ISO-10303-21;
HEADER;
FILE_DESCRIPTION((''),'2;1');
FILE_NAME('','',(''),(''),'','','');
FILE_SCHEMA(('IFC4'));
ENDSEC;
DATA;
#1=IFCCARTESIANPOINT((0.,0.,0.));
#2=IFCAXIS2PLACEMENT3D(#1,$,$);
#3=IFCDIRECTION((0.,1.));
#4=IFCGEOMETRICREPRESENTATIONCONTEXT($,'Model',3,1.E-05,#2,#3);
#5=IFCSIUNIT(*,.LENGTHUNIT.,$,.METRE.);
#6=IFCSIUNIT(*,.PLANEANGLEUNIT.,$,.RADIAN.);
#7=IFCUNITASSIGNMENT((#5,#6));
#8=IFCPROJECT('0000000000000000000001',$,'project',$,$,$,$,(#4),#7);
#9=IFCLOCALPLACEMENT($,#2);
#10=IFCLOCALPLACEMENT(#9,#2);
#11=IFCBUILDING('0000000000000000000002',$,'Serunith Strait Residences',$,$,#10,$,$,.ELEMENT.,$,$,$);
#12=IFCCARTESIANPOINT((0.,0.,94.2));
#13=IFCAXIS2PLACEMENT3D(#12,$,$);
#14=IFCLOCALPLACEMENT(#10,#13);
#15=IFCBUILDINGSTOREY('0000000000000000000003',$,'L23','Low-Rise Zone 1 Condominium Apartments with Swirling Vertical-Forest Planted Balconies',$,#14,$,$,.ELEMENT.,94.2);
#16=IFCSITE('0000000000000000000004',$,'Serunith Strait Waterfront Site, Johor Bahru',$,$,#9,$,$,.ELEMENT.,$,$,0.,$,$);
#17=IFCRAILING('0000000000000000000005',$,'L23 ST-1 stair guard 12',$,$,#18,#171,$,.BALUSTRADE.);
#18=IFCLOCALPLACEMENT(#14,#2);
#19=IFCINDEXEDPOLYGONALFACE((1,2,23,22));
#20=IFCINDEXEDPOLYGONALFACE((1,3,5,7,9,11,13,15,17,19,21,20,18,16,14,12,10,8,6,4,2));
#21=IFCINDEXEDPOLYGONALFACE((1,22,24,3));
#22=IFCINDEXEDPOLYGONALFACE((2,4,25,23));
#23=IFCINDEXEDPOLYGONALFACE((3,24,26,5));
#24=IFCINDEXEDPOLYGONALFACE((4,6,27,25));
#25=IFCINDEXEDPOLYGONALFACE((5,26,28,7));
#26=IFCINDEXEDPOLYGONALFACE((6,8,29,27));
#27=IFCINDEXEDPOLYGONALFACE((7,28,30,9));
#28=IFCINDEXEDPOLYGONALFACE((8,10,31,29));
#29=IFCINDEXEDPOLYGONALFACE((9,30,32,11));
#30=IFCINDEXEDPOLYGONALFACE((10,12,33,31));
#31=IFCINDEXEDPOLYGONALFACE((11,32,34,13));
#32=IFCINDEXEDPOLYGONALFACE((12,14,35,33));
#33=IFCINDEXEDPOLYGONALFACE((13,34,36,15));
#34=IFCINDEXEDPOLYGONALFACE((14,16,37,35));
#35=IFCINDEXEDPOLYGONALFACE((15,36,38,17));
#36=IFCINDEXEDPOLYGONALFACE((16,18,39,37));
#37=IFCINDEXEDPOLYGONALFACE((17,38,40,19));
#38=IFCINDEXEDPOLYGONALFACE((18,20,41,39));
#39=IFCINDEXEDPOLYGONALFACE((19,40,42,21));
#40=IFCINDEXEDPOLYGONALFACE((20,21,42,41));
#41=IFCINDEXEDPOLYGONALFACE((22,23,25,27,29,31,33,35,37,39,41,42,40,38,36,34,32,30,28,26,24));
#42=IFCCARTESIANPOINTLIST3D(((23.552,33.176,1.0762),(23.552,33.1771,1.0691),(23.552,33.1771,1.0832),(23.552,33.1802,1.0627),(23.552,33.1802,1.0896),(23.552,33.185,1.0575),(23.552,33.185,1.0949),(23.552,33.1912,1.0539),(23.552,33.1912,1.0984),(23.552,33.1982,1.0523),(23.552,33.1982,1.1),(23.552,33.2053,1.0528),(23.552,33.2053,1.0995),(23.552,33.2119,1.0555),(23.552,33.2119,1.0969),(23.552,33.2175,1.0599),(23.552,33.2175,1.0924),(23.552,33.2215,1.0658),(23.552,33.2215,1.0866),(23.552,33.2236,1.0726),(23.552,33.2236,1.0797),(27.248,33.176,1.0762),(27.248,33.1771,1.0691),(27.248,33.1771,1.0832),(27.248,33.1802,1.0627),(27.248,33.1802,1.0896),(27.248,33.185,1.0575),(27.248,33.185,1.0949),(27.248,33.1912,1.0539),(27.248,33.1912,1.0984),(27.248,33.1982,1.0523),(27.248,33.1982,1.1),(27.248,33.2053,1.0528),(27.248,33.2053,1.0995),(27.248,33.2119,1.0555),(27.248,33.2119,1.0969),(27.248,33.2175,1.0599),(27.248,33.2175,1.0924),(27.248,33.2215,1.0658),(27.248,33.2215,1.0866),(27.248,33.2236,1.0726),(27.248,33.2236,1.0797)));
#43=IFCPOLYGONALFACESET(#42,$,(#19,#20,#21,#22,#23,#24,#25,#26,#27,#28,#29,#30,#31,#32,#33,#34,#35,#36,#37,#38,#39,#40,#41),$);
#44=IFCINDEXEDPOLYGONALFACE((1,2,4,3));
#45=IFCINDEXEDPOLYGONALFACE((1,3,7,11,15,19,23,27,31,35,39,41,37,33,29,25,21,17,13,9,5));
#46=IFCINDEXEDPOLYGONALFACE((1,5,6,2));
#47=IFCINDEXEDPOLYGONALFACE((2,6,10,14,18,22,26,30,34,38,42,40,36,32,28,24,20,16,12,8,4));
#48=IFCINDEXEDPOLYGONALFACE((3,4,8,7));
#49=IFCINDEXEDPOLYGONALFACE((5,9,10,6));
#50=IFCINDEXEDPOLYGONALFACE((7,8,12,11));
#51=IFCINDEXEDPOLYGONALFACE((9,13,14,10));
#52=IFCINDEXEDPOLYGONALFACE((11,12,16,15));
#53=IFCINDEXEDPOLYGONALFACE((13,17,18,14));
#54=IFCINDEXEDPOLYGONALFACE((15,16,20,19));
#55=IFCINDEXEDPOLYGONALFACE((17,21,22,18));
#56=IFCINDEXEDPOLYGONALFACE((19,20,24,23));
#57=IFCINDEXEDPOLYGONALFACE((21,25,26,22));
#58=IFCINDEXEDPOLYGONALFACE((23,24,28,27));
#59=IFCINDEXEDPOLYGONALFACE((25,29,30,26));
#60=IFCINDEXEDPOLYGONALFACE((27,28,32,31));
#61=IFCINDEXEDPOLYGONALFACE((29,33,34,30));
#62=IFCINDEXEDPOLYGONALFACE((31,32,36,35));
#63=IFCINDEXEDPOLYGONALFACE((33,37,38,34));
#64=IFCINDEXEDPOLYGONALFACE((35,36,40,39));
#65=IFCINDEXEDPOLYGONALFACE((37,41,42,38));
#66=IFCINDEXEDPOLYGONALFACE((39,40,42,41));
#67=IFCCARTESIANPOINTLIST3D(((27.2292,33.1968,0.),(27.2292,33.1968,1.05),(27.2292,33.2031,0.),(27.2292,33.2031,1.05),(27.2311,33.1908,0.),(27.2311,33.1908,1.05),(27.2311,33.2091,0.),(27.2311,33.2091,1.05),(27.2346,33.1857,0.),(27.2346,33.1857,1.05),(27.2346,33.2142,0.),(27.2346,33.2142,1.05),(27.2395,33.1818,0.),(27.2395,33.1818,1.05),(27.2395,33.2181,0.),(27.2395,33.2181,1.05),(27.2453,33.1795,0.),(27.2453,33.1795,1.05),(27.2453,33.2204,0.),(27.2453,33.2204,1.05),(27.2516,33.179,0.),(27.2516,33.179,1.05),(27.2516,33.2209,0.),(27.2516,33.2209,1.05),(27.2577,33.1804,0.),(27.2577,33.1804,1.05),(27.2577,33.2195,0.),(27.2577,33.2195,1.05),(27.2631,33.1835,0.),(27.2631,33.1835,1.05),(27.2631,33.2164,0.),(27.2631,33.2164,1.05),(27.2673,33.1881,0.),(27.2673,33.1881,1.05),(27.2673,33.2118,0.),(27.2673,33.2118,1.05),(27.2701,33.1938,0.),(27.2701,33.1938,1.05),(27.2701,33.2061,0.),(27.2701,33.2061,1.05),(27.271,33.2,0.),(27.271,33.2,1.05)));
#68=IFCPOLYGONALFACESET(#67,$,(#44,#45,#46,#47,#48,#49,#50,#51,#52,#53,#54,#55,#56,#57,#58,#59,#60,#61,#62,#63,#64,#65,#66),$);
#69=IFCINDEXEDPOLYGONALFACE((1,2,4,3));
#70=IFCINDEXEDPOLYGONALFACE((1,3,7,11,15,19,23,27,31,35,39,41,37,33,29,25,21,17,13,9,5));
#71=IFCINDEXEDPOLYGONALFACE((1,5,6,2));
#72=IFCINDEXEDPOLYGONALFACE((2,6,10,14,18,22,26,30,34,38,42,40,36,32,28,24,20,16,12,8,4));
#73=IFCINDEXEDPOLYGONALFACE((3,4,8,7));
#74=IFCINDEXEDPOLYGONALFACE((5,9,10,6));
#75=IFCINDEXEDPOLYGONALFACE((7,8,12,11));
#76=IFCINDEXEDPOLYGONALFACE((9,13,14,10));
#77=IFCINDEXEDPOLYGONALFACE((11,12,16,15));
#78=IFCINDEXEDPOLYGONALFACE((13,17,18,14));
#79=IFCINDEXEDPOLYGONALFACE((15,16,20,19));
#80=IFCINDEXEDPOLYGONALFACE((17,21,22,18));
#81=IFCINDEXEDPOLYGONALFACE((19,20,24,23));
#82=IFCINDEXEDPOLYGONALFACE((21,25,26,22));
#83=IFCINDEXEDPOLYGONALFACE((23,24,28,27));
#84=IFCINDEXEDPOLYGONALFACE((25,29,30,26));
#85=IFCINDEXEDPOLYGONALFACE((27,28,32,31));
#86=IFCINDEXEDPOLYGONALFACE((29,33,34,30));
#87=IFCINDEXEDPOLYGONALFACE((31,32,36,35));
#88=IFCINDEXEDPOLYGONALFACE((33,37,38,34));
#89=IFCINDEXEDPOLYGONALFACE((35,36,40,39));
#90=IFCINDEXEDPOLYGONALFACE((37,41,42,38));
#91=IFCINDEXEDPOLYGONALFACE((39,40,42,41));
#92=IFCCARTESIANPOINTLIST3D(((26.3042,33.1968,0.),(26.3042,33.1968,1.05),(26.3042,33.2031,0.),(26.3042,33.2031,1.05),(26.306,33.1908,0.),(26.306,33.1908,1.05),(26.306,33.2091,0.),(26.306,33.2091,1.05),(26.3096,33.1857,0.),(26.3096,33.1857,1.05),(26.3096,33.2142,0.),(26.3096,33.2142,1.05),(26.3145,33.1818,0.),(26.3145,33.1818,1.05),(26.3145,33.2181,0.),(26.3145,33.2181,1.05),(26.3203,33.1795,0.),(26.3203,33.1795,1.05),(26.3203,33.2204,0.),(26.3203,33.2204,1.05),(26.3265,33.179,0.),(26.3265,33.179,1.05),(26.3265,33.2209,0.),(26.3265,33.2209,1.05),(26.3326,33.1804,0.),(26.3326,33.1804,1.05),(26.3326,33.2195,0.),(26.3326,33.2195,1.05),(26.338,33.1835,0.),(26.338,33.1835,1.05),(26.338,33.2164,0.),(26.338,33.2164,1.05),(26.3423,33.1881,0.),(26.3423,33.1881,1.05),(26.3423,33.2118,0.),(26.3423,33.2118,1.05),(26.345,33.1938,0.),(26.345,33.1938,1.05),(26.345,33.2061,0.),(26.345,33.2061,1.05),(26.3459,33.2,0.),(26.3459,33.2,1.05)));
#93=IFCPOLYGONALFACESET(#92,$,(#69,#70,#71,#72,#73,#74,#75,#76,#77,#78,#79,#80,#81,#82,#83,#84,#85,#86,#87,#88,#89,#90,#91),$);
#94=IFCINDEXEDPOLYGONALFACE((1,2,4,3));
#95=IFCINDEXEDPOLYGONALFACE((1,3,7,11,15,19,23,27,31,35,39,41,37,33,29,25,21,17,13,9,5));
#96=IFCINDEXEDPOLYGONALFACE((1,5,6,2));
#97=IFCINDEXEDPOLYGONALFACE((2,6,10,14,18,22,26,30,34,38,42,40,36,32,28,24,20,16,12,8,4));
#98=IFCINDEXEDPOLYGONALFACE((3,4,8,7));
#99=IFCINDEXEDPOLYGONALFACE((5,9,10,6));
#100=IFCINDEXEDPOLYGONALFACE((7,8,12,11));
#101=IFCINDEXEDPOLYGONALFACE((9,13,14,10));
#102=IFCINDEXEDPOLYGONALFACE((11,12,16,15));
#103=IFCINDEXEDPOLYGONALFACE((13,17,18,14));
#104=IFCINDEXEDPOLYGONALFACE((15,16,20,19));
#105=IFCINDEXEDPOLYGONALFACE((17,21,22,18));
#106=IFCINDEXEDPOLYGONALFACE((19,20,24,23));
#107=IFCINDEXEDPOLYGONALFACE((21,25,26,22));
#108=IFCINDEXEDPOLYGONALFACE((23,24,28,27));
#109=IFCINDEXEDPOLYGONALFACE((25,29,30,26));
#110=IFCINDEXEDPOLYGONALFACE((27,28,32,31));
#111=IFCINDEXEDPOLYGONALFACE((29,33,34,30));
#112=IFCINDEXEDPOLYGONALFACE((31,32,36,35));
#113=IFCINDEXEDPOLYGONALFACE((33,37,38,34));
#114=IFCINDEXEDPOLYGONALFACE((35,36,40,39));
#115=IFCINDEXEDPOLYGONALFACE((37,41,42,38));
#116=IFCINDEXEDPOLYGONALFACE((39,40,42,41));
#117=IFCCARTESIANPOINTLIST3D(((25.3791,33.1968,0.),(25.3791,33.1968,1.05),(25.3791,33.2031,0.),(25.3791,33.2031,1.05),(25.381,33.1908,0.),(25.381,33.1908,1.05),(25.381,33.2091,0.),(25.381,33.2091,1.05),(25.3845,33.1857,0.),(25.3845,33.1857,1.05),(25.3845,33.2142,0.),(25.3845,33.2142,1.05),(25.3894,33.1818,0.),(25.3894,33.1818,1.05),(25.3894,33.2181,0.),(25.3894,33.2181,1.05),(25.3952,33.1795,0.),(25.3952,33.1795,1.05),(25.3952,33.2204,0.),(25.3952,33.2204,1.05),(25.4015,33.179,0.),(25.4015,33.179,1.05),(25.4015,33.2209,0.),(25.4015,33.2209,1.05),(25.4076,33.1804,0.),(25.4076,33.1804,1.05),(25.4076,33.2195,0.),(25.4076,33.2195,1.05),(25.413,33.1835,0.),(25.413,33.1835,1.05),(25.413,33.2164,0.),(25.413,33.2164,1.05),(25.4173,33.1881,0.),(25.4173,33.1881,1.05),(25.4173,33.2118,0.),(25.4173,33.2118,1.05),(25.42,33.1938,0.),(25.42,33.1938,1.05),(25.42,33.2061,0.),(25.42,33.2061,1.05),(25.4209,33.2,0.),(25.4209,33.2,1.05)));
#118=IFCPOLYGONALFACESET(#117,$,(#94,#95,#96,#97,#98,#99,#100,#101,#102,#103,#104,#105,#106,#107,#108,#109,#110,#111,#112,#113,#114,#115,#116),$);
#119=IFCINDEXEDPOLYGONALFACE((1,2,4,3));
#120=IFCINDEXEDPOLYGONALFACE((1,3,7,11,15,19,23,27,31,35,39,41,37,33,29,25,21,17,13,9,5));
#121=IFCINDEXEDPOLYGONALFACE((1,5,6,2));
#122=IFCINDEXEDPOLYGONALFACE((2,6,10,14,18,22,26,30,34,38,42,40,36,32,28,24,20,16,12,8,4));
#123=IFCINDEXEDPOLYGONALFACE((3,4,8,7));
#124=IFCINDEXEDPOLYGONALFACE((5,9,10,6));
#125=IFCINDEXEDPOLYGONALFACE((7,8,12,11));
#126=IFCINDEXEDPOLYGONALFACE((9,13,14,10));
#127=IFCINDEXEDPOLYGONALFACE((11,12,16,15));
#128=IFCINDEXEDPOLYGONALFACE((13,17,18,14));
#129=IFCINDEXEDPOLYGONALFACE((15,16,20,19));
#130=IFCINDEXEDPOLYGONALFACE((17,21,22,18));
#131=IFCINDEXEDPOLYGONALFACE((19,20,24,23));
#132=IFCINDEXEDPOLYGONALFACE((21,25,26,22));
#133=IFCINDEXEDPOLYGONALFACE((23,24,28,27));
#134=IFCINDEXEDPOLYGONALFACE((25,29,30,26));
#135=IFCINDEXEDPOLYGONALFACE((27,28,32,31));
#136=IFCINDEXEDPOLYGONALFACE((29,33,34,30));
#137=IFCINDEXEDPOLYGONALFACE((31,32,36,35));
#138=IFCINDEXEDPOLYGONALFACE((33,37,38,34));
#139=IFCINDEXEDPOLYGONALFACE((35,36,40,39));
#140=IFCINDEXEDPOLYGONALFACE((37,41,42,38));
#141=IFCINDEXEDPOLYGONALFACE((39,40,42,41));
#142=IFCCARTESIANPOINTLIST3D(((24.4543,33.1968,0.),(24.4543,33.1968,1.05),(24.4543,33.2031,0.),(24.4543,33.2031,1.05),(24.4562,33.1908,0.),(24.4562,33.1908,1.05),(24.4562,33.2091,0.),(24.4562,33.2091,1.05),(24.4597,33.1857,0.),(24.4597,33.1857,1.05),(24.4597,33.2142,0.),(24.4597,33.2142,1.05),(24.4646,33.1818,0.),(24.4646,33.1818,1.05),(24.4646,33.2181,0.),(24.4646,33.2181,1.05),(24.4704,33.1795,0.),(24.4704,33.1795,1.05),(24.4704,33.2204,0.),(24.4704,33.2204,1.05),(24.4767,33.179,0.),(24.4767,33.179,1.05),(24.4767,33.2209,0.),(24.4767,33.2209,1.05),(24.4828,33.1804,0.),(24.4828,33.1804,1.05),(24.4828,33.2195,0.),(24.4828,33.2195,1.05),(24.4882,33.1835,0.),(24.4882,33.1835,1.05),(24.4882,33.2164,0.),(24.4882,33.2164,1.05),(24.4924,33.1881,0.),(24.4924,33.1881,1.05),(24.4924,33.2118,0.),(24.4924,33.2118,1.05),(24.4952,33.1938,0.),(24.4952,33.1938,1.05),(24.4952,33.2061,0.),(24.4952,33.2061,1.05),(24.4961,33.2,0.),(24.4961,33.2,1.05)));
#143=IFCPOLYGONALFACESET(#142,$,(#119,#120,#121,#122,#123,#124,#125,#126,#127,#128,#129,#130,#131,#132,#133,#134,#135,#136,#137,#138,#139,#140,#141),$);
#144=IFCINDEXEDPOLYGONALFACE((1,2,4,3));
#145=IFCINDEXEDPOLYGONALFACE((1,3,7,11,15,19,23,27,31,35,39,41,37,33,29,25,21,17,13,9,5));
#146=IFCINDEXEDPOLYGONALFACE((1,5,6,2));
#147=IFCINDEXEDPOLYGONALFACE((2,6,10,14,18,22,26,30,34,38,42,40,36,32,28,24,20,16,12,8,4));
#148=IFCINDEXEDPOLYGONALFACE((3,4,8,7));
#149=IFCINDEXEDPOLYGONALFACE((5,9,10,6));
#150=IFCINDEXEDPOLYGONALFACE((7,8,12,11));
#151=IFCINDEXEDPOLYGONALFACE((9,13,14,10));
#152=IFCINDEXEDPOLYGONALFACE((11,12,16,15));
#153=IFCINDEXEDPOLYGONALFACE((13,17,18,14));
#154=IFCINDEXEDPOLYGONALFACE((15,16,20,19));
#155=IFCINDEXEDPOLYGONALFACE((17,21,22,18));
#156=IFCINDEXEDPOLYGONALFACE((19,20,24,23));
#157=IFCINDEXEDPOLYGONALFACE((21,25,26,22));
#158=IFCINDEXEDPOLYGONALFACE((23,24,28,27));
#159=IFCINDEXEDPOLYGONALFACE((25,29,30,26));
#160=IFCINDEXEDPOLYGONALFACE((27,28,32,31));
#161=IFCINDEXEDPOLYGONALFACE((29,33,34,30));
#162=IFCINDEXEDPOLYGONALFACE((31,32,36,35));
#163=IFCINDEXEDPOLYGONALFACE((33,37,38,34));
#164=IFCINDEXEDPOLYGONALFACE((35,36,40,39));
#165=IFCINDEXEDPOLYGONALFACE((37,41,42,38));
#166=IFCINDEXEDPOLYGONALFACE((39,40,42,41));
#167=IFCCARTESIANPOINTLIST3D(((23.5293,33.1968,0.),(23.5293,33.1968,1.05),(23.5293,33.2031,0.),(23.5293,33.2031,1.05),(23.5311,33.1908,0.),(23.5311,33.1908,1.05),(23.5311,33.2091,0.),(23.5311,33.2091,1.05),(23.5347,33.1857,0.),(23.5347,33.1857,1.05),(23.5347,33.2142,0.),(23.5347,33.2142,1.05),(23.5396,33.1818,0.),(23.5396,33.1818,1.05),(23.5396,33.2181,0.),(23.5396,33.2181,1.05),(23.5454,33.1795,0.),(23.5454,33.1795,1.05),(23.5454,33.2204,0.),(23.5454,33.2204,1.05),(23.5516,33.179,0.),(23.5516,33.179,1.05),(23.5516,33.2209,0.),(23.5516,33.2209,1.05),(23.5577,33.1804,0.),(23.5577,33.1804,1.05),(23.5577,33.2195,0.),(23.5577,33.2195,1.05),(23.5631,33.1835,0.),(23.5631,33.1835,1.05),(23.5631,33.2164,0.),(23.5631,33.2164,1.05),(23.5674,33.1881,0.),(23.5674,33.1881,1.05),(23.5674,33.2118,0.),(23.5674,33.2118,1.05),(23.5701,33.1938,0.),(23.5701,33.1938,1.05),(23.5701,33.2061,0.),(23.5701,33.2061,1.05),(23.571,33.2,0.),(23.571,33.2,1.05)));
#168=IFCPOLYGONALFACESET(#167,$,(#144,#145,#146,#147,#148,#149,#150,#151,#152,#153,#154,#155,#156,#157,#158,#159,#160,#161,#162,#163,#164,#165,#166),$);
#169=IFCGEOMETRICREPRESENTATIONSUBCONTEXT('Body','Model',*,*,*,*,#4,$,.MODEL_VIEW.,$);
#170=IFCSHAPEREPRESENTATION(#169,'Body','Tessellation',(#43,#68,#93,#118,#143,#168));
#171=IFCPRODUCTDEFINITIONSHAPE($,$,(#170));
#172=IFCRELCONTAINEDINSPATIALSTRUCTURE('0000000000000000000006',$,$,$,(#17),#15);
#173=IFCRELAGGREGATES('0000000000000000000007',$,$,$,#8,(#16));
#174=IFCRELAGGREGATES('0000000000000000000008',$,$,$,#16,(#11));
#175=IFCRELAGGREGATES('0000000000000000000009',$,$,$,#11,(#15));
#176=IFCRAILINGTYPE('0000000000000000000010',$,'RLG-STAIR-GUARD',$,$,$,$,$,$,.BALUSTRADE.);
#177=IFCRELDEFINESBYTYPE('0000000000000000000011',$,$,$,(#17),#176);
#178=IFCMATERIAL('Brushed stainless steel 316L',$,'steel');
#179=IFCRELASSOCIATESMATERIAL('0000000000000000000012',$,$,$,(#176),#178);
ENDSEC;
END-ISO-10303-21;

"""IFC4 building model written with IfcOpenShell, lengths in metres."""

from ifc_helpers import new_model, si_unit, direction, frame, origin, origin_2d, place, context, subcontext, project, spatial, circle, extrude, material, type_object, element, save


model = new_model("IFC4")

# Units and contexts
model_context = context("Model", 3, precision=1e-05, world=origin(), true_north=direction((0.0, 1.0)))
body_context = subcontext(model_context, "Body", "Model", "MODEL_VIEW")
ifc_project = project(units=[si_unit("LENGTHUNIT", "METRE"), si_unit("PLANEANGLEUNIT", "RADIAN")], contexts=[model_context])

# Site, building, storey
site_placement = place(None, origin())
site = spatial("IfcSite", under=ifc_project, at=site_placement, Name="Serunith Strait Waterfront Site, Johor Bahru", CompositionType="ELEMENT", RefElevation=0.0)
building_placement = place(site_placement, origin())
building = spatial("IfcBuilding", under=site, at=building_placement, Name="Serunith Strait Residences", CompositionType="ELEMENT")
storey_placement = place(building_placement, frame((0.0, 0.0, 94.2)))
storey = spatial("IfcBuildingStorey", under=building, at=storey_placement, Name="L23", Description="Low-Rise Zone 1 Condominium Apartments with Swirling Vertical-Forest Planted Balconies", CompositionType="ELEMENT", Elevation=94.2)

# Railing
ifc_material_1 = material(Name="Brushed stainless steel 316L", Category="steel")
railing_type_1 = type_object("IfcRailingType", Name="RLG-STAIR-GUARD", PredefinedType="BALUSTRADE", material=ifc_material_1)
railing_1_placement = place(storey_placement, frame((27.25, 33.2, 0.0)))
element("IfcRailing", 1, at=railing_1_placement, inside=storey, type_object=railing_type_1, Name="L23 ST-1 stair guard 12", PredefinedType="BALUSTRADE", context=body_context, shape_type="SweptSolid", body=[
    extrude(circle(Radius=0.0239, at=origin_2d()), frame((-0.002, 0.0, 1.0762), z_axis=(-1.0, 0.0, 0.0), x_axis=(0.0, -1.0, 0.0)), (0.0, 0.0, 1.0), 3.696),
    extrude(circle(Radius=0.021, at=origin_2d()), origin(), (0.0, 0.0, 1.0), 1.05),
    extrude(circle(Radius=0.021, at=origin_2d()), frame((-0.925, 0.0, 0.0)), (0.0, 0.0, 1.0), 1.05),
    extrude(circle(Radius=0.021, at=origin_2d()), frame((-1.8501, 0.0, 0.0)), (0.0, 0.0, 1.0), 1.05),
    extrude(circle(Radius=0.021, at=origin_2d()), frame((-2.7749, 0.0, 0.0)), (0.0, 0.0, 1.0), 1.05),
    extrude(circle(Radius=0.021, at=origin_2d()), frame((-3.7, 0.0, 0.0)), (0.0, 0.0, 1.0), 1.05),
])

save(model, "model.ifc")
